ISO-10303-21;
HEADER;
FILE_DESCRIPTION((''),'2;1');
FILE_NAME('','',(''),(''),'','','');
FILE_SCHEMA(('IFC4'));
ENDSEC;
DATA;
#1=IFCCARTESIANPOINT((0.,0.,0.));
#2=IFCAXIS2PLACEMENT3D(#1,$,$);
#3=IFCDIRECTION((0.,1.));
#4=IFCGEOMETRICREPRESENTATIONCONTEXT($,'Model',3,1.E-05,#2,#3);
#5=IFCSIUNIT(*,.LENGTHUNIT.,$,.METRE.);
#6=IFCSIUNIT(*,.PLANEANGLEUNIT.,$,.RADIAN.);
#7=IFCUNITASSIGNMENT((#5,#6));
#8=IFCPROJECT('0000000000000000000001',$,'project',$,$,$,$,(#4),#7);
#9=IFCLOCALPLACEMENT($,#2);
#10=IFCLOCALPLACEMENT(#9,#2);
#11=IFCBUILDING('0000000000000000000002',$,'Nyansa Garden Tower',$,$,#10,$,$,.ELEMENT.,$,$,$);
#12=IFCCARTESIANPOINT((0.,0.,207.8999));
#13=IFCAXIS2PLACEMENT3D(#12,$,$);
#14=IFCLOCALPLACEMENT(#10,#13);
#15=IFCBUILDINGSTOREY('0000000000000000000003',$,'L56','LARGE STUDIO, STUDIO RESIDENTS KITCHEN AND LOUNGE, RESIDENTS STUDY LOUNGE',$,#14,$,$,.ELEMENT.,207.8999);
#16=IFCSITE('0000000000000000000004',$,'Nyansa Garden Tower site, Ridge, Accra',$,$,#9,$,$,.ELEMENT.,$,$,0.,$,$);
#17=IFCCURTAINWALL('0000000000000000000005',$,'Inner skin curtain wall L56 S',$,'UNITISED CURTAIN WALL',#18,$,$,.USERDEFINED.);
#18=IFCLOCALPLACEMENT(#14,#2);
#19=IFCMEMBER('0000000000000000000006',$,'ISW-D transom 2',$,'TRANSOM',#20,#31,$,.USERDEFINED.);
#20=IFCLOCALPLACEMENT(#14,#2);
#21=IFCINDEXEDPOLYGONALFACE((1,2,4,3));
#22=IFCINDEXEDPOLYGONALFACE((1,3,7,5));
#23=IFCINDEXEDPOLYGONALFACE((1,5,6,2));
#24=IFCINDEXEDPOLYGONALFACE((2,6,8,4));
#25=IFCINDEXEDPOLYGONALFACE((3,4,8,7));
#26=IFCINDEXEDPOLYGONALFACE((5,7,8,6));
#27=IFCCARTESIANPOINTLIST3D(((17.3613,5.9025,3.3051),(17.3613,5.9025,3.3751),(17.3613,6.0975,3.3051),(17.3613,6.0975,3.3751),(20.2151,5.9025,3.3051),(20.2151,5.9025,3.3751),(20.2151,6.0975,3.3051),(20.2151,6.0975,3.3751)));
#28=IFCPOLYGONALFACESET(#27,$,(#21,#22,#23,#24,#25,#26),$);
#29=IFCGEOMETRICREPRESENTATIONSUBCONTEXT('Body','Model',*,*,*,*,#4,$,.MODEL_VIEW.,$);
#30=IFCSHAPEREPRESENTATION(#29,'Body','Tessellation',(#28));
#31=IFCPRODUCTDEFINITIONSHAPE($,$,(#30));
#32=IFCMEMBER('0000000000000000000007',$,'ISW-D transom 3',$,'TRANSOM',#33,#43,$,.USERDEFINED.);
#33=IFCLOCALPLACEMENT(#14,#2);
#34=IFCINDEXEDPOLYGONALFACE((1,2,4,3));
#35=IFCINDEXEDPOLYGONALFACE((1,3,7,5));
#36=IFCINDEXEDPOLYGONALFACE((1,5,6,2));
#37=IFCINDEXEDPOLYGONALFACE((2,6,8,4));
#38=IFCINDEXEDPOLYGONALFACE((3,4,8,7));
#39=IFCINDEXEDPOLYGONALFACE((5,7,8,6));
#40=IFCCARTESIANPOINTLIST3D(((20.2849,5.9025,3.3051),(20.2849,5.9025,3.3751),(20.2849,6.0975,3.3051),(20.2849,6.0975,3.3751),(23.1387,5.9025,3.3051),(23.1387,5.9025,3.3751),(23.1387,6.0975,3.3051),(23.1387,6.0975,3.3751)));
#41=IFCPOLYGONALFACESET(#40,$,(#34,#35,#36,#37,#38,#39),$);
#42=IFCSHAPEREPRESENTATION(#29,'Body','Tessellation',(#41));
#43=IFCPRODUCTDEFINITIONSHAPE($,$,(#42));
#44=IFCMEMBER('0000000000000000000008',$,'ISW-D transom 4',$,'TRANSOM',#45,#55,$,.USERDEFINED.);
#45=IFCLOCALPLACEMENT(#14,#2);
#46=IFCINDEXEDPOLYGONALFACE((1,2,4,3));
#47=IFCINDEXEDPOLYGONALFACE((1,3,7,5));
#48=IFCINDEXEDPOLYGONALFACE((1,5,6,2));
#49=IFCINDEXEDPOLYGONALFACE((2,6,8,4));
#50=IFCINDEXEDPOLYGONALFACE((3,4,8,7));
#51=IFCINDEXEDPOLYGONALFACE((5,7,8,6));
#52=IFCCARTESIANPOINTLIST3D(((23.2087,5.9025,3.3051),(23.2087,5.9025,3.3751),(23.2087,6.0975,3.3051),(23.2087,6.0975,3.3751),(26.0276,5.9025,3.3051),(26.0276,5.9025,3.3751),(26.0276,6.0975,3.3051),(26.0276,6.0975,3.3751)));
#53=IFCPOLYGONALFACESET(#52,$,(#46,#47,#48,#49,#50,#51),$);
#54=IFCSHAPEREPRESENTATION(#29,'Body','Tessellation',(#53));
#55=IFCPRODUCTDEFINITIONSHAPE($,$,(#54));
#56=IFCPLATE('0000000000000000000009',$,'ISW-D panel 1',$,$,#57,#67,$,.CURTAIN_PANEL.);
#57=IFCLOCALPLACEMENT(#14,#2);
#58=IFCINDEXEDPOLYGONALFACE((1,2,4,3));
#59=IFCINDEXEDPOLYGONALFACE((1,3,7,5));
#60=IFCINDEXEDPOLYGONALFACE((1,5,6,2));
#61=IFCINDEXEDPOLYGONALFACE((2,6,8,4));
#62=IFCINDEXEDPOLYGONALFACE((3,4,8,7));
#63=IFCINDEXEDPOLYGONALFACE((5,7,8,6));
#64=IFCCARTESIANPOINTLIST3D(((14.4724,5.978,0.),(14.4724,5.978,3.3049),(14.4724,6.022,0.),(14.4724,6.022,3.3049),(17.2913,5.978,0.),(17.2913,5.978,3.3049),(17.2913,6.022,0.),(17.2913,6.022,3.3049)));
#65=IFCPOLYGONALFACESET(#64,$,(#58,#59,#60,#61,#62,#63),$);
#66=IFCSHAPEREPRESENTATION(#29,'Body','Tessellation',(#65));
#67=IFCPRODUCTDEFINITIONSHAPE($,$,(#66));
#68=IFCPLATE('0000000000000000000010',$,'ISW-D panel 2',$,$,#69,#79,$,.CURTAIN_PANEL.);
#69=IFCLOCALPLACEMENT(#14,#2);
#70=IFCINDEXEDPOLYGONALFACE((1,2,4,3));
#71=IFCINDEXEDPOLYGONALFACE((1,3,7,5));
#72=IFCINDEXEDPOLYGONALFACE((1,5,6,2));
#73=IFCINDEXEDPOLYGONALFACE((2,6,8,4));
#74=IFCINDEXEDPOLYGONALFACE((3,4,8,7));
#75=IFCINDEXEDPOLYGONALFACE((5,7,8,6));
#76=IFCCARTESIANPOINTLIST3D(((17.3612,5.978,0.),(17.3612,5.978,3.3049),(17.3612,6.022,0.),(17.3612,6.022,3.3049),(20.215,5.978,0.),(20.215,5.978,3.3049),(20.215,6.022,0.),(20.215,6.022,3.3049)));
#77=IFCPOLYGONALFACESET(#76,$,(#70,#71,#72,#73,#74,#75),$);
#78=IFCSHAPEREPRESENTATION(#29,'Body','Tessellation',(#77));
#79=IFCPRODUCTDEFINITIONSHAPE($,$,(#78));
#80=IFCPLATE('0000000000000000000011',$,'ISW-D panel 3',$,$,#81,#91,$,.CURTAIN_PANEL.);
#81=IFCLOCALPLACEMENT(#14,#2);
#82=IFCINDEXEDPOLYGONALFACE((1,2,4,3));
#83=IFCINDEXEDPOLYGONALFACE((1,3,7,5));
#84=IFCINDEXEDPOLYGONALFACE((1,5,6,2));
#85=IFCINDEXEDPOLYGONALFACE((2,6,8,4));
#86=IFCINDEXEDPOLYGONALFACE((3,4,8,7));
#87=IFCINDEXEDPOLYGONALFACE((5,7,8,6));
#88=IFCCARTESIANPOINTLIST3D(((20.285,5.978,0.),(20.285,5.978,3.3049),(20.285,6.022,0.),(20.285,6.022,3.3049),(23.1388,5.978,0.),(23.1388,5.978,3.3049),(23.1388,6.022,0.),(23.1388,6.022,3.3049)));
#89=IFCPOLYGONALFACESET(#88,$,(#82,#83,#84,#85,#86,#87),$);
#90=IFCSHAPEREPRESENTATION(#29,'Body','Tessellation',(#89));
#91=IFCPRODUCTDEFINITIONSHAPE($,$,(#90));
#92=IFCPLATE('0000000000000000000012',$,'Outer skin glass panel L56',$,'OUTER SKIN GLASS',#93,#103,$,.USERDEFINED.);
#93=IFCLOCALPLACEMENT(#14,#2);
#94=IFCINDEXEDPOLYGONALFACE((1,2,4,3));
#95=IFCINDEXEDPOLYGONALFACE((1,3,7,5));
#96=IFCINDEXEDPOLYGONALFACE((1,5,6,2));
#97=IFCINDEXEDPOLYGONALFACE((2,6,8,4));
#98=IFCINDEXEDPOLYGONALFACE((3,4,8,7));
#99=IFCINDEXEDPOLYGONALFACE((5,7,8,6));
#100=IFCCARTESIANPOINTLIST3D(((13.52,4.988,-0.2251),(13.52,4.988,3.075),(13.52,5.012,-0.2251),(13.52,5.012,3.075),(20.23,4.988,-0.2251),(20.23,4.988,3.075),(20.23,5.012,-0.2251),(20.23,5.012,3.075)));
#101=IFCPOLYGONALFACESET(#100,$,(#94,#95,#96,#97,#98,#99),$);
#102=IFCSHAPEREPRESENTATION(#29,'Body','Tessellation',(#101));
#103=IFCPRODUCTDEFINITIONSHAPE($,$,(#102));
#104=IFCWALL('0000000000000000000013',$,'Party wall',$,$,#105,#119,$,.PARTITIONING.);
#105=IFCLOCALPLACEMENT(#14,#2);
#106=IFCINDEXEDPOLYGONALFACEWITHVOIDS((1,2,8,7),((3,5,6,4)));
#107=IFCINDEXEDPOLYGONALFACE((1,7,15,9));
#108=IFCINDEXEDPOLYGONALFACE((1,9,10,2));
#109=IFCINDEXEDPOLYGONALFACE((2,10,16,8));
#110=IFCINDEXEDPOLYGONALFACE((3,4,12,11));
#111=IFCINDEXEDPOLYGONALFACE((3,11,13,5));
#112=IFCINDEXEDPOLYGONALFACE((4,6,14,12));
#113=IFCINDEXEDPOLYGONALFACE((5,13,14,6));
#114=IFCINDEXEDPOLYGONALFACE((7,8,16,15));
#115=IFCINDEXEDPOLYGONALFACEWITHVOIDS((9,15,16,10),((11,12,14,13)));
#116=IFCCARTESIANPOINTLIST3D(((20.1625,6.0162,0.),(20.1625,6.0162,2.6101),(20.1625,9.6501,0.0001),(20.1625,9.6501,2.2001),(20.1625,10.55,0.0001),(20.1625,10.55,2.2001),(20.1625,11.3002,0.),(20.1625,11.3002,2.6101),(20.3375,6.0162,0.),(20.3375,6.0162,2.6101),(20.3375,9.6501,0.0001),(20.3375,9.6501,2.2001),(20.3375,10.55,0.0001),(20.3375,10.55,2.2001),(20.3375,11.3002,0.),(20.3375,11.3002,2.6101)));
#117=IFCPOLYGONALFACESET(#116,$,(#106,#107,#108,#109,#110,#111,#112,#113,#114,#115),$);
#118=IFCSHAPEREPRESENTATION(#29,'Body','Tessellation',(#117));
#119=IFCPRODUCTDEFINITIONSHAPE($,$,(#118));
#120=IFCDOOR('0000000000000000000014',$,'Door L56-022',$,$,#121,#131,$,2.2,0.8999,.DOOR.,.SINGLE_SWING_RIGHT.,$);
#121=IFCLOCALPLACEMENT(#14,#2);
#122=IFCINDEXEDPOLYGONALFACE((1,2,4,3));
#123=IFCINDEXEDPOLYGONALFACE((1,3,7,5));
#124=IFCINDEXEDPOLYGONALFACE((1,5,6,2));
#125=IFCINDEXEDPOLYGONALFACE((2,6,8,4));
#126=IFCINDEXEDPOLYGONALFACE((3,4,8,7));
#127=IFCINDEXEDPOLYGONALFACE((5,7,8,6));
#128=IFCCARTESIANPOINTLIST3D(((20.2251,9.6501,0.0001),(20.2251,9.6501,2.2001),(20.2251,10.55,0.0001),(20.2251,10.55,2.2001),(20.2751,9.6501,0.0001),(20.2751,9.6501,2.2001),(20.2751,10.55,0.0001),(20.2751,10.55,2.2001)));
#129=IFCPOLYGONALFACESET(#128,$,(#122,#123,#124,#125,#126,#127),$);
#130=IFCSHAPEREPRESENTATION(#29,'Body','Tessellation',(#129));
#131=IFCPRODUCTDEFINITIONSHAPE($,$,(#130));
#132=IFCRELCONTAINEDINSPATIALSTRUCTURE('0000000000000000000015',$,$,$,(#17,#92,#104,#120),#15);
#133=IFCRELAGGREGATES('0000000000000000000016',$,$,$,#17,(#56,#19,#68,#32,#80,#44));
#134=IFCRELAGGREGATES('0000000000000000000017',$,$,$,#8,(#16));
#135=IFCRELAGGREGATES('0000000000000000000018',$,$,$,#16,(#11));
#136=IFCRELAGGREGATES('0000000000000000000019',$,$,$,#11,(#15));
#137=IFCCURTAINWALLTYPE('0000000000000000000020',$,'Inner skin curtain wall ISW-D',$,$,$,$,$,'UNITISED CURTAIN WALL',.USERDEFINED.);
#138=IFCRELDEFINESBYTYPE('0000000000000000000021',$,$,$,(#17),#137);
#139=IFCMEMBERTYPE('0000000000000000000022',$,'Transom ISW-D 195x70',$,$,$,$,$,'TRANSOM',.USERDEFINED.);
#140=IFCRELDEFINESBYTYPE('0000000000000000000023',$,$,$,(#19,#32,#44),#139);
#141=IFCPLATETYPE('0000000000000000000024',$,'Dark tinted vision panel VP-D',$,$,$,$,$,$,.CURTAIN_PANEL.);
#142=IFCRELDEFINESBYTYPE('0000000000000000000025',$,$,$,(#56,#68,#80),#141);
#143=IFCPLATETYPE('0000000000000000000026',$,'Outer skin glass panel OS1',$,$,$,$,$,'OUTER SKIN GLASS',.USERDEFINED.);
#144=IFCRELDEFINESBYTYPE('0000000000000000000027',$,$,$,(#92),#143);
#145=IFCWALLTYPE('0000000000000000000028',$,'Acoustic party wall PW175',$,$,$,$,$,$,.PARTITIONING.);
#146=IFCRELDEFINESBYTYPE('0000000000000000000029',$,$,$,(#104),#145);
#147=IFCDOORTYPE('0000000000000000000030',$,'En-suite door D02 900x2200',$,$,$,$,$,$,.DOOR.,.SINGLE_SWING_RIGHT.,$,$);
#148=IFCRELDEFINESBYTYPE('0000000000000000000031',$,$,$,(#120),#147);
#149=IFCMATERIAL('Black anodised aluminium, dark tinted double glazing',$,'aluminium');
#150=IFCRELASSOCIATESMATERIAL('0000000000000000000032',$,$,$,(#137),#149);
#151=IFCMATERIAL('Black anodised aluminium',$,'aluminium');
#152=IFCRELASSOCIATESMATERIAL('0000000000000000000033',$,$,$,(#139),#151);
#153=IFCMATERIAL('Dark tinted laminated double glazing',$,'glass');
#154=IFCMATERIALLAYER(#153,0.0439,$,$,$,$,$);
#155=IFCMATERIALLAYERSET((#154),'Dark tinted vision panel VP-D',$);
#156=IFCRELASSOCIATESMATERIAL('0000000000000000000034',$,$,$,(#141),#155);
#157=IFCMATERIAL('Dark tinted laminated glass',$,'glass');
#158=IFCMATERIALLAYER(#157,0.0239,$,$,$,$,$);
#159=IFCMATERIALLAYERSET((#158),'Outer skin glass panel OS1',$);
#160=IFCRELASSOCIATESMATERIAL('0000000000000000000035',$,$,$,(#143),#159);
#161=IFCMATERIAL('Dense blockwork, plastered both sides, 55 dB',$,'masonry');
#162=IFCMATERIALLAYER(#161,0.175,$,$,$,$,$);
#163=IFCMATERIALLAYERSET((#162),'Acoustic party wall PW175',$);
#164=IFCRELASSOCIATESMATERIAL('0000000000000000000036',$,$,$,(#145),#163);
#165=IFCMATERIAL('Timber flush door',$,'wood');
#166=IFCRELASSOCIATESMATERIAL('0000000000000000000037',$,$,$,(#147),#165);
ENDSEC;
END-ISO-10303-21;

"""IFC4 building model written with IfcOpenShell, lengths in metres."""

from ifc_helpers import new_model, si_unit, direction, frame, frame_2d, origin, origin_2d, place, context, subcontext, project, spatial, rectangle, extrude, material, layer, layer_set, material_profile, profile_set, type_object, element, fill, aggregate, save


model = new_model("IFC4")

# Units and contexts
model_context = context("Model", 3, precision=1e-05, world=origin(), true_north=direction((0.0, 1.0)))
body_context = subcontext(model_context, "Body", "Model", "MODEL_VIEW")
ifc_project = project(units=[si_unit("LENGTHUNIT", "METRE"), si_unit("PLANEANGLEUNIT", "RADIAN")], contexts=[model_context])

# Site, building, storey
site_placement = place(None, origin())
site = spatial("IfcSite", under=ifc_project, at=site_placement, Name="Nyansa Garden Tower site, Ridge, Accra", CompositionType="ELEMENT", RefElevation=0.0)
building_placement = place(site_placement, origin())
building = spatial("IfcBuilding", under=site, at=building_placement, Name="Nyansa Garden Tower", CompositionType="ELEMENT")
storey_placement = place(building_placement, frame((0.0, 0.0, 207.8999)))
storey = spatial("IfcBuildingStorey", under=building, at=storey_placement, Name="L56", Description="LARGE STUDIO, STUDIO RESIDENTS KITCHEN AND LOUNGE, RESIDENTS STUDY LOUNGE", CompositionType="ELEMENT", Elevation=207.8999)

# Curtain wall
ifc_material_1 = material(Name="Black anodised aluminium, dark tinted double glazing", Category="aluminium")
curtain_wall_type = type_object("IfcCurtainWallType", Name="Inner skin curtain wall ISW-D", ElementType="UNITISED CURTAIN WALL", PredefinedType="USERDEFINED", material=ifc_material_1)
curtain_wall_placement = place(storey_placement, origin())
curtain_wall = element("IfcCurtainWall", 1, at=curtain_wall_placement, inside=storey, type_object=curtain_wall_type, Name="Inner skin curtain wall L56 S", ObjectType="UNITISED CURTAIN WALL", PredefinedType="USERDEFINED")

# Members
ifc_material_2 = material(Name="Black anodised aluminium", Category="aluminium")
ifc_material_profile_1 = material_profile(ifc_material_2, rectangle(XDim=0.1951, YDim=0.0701, at=origin_2d()), Name="Transom 195x70")
ifc_profile_set_1 = profile_set([ifc_material_profile_1], Name="Black anodised aluminium")
member_type_1 = type_object("IfcMemberType", Name="Transom ISW-D 195x70", ElementType="TRANSOM", PredefinedType="USERDEFINED", material=ifc_profile_set_1)
member_1_placement = place(storey_placement, frame((17.3613, 6.0, 3.3401), z_axis=(1.0, 0.0, 0.0), x_axis=(0.0, 1.0, 0.0)))
member_1 = element("IfcMember", 2, at=member_1_placement, type_object=member_type_1, Name="ISW-D transom 2", ObjectType="TRANSOM", PredefinedType="USERDEFINED", context=body_context, shape_type="SweptSolid", body=[
    extrude(rectangle(XDim=0.1951, YDim=0.0701, at=origin_2d()), origin(), (0.0, 0.0, 1.0), 2.8538),
])
member_2_placement = place(storey_placement, frame((20.2849, 6.0, 3.3401), z_axis=(1.0, 0.0, 0.0), x_axis=(0.0, 1.0, 0.0)))
member_2 = element("IfcMember", 3, at=member_2_placement, type_object=member_type_1, Name="ISW-D transom 3", ObjectType="TRANSOM", PredefinedType="USERDEFINED", context=body_context, shape_type="SweptSolid", body=[
    extrude(rectangle(XDim=0.1951, YDim=0.0701, at=origin_2d()), origin(), (0.0, 0.0, 1.0), 2.8538),
])
member_3_placement = place(storey_placement, frame((23.2087, 6.0, 3.3401), z_axis=(1.0, 0.0, 0.0), x_axis=(0.0, 1.0, 0.0)))
member_3 = element("IfcMember", 4, at=member_3_placement, type_object=member_type_1, Name="ISW-D transom 4", ObjectType="TRANSOM", PredefinedType="USERDEFINED", context=body_context, shape_type="SweptSolid", body=[
    extrude(rectangle(XDim=0.1951, YDim=0.0701, at=origin_2d()), origin(), (0.0, 0.0, 1.0), 2.8188),
])

# Plates
ifc_material_3 = material(Name="Dark tinted laminated double glazing", Category="glass")
ifc_layer_1 = layer(ifc_material_3, 0.0439)
ifc_layer_set_1 = layer_set([ifc_layer_1], Name="Dark tinted vision panel VP-D")
plate_type_1 = type_object("IfcPlateType", Name="Dark tinted vision panel VP-D", PredefinedType="CURTAIN_PANEL", material=ifc_layer_set_1)
plate_1_placement = place(storey_placement, frame((15.8818, 6.0, 0.0), z_axis=(0.0, 0.0, 1.0), x_axis=(1.0, 0.0, 0.0)))
plate_1 = element("IfcPlate", 5, at=plate_1_placement, type_object=plate_type_1, Name="ISW-D panel 1", PredefinedType="CURTAIN_PANEL", context=body_context, shape_type="SweptSolid", body=[
    extrude(rectangle(XDim=2.8188, YDim=0.0439, at=origin_2d()), origin(), (0.0, 0.0, 1.0), 3.3049),
])
plate_2_placement = place(storey_placement, frame((18.7881, 6.0, 0.0), z_axis=(0.0, 0.0, 1.0), x_axis=(1.0, 0.0, 0.0)))
plate_2 = element("IfcPlate", 6, at=plate_2_placement, type_object=plate_type_1, Name="ISW-D panel 2", PredefinedType="CURTAIN_PANEL", context=body_context, shape_type="SweptSolid", body=[
    extrude(rectangle(XDim=2.8538, YDim=0.0439, at=origin_2d()), origin(), (0.0, 0.0, 1.0), 3.3049),
])
plate_3_placement = place(storey_placement, frame((21.7119, 6.0, 0.0), z_axis=(0.0, 0.0, 1.0), x_axis=(1.0, 0.0, 0.0)))
plate_3 = element("IfcPlate", 7, at=plate_3_placement, type_object=plate_type_1, Name="ISW-D panel 3", PredefinedType="CURTAIN_PANEL", context=body_context, shape_type="SweptSolid", body=[
    extrude(rectangle(XDim=2.8538, YDim=0.0439, at=origin_2d()), origin(), (0.0, 0.0, 1.0), 3.3049),
])
aggregate(curtain_wall, [plate_1, member_1, plate_2, member_2, plate_3, member_3])
ifc_material_4 = material(Name="Dark tinted laminated glass", Category="glass")
ifc_layer_2 = layer(ifc_material_4, 0.0239)
ifc_layer_set_2 = layer_set([ifc_layer_2], Name="Outer skin glass panel OS1")
plate_type_2 = type_object("IfcPlateType", Name="Outer skin glass panel OS1", ElementType="OUTER SKIN GLASS", PredefinedType="USERDEFINED", material=ifc_layer_set_2)
plate_4_placement = place(storey_placement, frame((16.875, 5.0, -0.2251), z_axis=(0.0, 0.0, 1.0), x_axis=(1.0, 0.0, 0.0)))
element("IfcPlate", 8, at=plate_4_placement, inside=storey, type_object=plate_type_2, Name="Outer skin glass panel L56", ObjectType="OUTER SKIN GLASS", PredefinedType="USERDEFINED", context=body_context, shape_type="SweptSolid", body=[
    extrude(rectangle(XDim=6.71, YDim=0.0239, at=origin_2d()), origin(), (0.0, 0.0, 1.0), 3.3),
])

# Wall, opening, door
ifc_material_5 = material(Name="Dense blockwork, plastered both sides, 55 dB", Category="masonry")
ifc_layer_3 = layer(ifc_material_5, 0.175)
ifc_layer_set_3 = layer_set([ifc_layer_3], Name="Acoustic party wall PW175")
wall_type = type_object("IfcWallType", Name="Acoustic party wall PW175", PredefinedType="PARTITIONING", material=ifc_layer_set_3)
wall_placement = place(storey_placement, frame((20.25, 6.0161, 0.0), z_axis=(0.0, 0.0, 1.0), x_axis=(0.0, 1.0, 0.0)))
wall = element("IfcWall", 9, at=wall_placement, inside=storey, type_object=wall_type, Name="Party wall", PredefinedType="PARTITIONING", context=body_context, shape_type="SweptSolid", body=[
    extrude(rectangle(XDim=5.2839, YDim=0.175, at=frame_2d((2.6421, 0.0))), origin(), (0.0, 0.0, 1.0), 2.6101),
])
opening_placement = place(wall_placement, frame((3.634, 0.0, 0.0)))
opening = element("IfcOpeningElement", 10, at=opening_placement, cuts=wall, PredefinedType="OPENING", context=body_context, shape_type="SweptSolid", body=[
    extrude(rectangle(XDim=0.8999, YDim=2.2, at=frame_2d((0.45, 1.1001))), frame((0.0, 0.0974, 0.0), z_axis=(0.0, -1.0, 0.0), x_axis=(1.0, 0.0, 0.0)), (0.0, 0.0, 1.0), 0.1951),
])
ifc_material_6 = material(Name="Timber flush door", Category="wood")
door_type = type_object("IfcDoorType", Name="En-suite door D02 900x2200", OperationType="SINGLE_SWING_RIGHT", PredefinedType="DOOR", material=ifc_material_6)
door_placement = place(opening_placement, origin())
door = element("IfcDoor", 11, at=door_placement, inside=storey, type_object=door_type, Name="Door L56-022", OperationType="SINGLE_SWING_RIGHT", OverallHeight=2.2, OverallWidth=0.8999, PredefinedType="DOOR", context=body_context, shape_type="SweptSolid", body=[
    extrude(rectangle(XDim=0.8999, YDim=2.2, at=frame_2d((0.45, 1.1001))), frame((0.0, 0.0249, 0.0), z_axis=(0.0, -1.0, 0.0), x_axis=(1.0, 0.0, 0.0)), (0.0, 0.0, 1.0), 0.05),
])
fill(opening, door)

save(model, "model.ifc")
